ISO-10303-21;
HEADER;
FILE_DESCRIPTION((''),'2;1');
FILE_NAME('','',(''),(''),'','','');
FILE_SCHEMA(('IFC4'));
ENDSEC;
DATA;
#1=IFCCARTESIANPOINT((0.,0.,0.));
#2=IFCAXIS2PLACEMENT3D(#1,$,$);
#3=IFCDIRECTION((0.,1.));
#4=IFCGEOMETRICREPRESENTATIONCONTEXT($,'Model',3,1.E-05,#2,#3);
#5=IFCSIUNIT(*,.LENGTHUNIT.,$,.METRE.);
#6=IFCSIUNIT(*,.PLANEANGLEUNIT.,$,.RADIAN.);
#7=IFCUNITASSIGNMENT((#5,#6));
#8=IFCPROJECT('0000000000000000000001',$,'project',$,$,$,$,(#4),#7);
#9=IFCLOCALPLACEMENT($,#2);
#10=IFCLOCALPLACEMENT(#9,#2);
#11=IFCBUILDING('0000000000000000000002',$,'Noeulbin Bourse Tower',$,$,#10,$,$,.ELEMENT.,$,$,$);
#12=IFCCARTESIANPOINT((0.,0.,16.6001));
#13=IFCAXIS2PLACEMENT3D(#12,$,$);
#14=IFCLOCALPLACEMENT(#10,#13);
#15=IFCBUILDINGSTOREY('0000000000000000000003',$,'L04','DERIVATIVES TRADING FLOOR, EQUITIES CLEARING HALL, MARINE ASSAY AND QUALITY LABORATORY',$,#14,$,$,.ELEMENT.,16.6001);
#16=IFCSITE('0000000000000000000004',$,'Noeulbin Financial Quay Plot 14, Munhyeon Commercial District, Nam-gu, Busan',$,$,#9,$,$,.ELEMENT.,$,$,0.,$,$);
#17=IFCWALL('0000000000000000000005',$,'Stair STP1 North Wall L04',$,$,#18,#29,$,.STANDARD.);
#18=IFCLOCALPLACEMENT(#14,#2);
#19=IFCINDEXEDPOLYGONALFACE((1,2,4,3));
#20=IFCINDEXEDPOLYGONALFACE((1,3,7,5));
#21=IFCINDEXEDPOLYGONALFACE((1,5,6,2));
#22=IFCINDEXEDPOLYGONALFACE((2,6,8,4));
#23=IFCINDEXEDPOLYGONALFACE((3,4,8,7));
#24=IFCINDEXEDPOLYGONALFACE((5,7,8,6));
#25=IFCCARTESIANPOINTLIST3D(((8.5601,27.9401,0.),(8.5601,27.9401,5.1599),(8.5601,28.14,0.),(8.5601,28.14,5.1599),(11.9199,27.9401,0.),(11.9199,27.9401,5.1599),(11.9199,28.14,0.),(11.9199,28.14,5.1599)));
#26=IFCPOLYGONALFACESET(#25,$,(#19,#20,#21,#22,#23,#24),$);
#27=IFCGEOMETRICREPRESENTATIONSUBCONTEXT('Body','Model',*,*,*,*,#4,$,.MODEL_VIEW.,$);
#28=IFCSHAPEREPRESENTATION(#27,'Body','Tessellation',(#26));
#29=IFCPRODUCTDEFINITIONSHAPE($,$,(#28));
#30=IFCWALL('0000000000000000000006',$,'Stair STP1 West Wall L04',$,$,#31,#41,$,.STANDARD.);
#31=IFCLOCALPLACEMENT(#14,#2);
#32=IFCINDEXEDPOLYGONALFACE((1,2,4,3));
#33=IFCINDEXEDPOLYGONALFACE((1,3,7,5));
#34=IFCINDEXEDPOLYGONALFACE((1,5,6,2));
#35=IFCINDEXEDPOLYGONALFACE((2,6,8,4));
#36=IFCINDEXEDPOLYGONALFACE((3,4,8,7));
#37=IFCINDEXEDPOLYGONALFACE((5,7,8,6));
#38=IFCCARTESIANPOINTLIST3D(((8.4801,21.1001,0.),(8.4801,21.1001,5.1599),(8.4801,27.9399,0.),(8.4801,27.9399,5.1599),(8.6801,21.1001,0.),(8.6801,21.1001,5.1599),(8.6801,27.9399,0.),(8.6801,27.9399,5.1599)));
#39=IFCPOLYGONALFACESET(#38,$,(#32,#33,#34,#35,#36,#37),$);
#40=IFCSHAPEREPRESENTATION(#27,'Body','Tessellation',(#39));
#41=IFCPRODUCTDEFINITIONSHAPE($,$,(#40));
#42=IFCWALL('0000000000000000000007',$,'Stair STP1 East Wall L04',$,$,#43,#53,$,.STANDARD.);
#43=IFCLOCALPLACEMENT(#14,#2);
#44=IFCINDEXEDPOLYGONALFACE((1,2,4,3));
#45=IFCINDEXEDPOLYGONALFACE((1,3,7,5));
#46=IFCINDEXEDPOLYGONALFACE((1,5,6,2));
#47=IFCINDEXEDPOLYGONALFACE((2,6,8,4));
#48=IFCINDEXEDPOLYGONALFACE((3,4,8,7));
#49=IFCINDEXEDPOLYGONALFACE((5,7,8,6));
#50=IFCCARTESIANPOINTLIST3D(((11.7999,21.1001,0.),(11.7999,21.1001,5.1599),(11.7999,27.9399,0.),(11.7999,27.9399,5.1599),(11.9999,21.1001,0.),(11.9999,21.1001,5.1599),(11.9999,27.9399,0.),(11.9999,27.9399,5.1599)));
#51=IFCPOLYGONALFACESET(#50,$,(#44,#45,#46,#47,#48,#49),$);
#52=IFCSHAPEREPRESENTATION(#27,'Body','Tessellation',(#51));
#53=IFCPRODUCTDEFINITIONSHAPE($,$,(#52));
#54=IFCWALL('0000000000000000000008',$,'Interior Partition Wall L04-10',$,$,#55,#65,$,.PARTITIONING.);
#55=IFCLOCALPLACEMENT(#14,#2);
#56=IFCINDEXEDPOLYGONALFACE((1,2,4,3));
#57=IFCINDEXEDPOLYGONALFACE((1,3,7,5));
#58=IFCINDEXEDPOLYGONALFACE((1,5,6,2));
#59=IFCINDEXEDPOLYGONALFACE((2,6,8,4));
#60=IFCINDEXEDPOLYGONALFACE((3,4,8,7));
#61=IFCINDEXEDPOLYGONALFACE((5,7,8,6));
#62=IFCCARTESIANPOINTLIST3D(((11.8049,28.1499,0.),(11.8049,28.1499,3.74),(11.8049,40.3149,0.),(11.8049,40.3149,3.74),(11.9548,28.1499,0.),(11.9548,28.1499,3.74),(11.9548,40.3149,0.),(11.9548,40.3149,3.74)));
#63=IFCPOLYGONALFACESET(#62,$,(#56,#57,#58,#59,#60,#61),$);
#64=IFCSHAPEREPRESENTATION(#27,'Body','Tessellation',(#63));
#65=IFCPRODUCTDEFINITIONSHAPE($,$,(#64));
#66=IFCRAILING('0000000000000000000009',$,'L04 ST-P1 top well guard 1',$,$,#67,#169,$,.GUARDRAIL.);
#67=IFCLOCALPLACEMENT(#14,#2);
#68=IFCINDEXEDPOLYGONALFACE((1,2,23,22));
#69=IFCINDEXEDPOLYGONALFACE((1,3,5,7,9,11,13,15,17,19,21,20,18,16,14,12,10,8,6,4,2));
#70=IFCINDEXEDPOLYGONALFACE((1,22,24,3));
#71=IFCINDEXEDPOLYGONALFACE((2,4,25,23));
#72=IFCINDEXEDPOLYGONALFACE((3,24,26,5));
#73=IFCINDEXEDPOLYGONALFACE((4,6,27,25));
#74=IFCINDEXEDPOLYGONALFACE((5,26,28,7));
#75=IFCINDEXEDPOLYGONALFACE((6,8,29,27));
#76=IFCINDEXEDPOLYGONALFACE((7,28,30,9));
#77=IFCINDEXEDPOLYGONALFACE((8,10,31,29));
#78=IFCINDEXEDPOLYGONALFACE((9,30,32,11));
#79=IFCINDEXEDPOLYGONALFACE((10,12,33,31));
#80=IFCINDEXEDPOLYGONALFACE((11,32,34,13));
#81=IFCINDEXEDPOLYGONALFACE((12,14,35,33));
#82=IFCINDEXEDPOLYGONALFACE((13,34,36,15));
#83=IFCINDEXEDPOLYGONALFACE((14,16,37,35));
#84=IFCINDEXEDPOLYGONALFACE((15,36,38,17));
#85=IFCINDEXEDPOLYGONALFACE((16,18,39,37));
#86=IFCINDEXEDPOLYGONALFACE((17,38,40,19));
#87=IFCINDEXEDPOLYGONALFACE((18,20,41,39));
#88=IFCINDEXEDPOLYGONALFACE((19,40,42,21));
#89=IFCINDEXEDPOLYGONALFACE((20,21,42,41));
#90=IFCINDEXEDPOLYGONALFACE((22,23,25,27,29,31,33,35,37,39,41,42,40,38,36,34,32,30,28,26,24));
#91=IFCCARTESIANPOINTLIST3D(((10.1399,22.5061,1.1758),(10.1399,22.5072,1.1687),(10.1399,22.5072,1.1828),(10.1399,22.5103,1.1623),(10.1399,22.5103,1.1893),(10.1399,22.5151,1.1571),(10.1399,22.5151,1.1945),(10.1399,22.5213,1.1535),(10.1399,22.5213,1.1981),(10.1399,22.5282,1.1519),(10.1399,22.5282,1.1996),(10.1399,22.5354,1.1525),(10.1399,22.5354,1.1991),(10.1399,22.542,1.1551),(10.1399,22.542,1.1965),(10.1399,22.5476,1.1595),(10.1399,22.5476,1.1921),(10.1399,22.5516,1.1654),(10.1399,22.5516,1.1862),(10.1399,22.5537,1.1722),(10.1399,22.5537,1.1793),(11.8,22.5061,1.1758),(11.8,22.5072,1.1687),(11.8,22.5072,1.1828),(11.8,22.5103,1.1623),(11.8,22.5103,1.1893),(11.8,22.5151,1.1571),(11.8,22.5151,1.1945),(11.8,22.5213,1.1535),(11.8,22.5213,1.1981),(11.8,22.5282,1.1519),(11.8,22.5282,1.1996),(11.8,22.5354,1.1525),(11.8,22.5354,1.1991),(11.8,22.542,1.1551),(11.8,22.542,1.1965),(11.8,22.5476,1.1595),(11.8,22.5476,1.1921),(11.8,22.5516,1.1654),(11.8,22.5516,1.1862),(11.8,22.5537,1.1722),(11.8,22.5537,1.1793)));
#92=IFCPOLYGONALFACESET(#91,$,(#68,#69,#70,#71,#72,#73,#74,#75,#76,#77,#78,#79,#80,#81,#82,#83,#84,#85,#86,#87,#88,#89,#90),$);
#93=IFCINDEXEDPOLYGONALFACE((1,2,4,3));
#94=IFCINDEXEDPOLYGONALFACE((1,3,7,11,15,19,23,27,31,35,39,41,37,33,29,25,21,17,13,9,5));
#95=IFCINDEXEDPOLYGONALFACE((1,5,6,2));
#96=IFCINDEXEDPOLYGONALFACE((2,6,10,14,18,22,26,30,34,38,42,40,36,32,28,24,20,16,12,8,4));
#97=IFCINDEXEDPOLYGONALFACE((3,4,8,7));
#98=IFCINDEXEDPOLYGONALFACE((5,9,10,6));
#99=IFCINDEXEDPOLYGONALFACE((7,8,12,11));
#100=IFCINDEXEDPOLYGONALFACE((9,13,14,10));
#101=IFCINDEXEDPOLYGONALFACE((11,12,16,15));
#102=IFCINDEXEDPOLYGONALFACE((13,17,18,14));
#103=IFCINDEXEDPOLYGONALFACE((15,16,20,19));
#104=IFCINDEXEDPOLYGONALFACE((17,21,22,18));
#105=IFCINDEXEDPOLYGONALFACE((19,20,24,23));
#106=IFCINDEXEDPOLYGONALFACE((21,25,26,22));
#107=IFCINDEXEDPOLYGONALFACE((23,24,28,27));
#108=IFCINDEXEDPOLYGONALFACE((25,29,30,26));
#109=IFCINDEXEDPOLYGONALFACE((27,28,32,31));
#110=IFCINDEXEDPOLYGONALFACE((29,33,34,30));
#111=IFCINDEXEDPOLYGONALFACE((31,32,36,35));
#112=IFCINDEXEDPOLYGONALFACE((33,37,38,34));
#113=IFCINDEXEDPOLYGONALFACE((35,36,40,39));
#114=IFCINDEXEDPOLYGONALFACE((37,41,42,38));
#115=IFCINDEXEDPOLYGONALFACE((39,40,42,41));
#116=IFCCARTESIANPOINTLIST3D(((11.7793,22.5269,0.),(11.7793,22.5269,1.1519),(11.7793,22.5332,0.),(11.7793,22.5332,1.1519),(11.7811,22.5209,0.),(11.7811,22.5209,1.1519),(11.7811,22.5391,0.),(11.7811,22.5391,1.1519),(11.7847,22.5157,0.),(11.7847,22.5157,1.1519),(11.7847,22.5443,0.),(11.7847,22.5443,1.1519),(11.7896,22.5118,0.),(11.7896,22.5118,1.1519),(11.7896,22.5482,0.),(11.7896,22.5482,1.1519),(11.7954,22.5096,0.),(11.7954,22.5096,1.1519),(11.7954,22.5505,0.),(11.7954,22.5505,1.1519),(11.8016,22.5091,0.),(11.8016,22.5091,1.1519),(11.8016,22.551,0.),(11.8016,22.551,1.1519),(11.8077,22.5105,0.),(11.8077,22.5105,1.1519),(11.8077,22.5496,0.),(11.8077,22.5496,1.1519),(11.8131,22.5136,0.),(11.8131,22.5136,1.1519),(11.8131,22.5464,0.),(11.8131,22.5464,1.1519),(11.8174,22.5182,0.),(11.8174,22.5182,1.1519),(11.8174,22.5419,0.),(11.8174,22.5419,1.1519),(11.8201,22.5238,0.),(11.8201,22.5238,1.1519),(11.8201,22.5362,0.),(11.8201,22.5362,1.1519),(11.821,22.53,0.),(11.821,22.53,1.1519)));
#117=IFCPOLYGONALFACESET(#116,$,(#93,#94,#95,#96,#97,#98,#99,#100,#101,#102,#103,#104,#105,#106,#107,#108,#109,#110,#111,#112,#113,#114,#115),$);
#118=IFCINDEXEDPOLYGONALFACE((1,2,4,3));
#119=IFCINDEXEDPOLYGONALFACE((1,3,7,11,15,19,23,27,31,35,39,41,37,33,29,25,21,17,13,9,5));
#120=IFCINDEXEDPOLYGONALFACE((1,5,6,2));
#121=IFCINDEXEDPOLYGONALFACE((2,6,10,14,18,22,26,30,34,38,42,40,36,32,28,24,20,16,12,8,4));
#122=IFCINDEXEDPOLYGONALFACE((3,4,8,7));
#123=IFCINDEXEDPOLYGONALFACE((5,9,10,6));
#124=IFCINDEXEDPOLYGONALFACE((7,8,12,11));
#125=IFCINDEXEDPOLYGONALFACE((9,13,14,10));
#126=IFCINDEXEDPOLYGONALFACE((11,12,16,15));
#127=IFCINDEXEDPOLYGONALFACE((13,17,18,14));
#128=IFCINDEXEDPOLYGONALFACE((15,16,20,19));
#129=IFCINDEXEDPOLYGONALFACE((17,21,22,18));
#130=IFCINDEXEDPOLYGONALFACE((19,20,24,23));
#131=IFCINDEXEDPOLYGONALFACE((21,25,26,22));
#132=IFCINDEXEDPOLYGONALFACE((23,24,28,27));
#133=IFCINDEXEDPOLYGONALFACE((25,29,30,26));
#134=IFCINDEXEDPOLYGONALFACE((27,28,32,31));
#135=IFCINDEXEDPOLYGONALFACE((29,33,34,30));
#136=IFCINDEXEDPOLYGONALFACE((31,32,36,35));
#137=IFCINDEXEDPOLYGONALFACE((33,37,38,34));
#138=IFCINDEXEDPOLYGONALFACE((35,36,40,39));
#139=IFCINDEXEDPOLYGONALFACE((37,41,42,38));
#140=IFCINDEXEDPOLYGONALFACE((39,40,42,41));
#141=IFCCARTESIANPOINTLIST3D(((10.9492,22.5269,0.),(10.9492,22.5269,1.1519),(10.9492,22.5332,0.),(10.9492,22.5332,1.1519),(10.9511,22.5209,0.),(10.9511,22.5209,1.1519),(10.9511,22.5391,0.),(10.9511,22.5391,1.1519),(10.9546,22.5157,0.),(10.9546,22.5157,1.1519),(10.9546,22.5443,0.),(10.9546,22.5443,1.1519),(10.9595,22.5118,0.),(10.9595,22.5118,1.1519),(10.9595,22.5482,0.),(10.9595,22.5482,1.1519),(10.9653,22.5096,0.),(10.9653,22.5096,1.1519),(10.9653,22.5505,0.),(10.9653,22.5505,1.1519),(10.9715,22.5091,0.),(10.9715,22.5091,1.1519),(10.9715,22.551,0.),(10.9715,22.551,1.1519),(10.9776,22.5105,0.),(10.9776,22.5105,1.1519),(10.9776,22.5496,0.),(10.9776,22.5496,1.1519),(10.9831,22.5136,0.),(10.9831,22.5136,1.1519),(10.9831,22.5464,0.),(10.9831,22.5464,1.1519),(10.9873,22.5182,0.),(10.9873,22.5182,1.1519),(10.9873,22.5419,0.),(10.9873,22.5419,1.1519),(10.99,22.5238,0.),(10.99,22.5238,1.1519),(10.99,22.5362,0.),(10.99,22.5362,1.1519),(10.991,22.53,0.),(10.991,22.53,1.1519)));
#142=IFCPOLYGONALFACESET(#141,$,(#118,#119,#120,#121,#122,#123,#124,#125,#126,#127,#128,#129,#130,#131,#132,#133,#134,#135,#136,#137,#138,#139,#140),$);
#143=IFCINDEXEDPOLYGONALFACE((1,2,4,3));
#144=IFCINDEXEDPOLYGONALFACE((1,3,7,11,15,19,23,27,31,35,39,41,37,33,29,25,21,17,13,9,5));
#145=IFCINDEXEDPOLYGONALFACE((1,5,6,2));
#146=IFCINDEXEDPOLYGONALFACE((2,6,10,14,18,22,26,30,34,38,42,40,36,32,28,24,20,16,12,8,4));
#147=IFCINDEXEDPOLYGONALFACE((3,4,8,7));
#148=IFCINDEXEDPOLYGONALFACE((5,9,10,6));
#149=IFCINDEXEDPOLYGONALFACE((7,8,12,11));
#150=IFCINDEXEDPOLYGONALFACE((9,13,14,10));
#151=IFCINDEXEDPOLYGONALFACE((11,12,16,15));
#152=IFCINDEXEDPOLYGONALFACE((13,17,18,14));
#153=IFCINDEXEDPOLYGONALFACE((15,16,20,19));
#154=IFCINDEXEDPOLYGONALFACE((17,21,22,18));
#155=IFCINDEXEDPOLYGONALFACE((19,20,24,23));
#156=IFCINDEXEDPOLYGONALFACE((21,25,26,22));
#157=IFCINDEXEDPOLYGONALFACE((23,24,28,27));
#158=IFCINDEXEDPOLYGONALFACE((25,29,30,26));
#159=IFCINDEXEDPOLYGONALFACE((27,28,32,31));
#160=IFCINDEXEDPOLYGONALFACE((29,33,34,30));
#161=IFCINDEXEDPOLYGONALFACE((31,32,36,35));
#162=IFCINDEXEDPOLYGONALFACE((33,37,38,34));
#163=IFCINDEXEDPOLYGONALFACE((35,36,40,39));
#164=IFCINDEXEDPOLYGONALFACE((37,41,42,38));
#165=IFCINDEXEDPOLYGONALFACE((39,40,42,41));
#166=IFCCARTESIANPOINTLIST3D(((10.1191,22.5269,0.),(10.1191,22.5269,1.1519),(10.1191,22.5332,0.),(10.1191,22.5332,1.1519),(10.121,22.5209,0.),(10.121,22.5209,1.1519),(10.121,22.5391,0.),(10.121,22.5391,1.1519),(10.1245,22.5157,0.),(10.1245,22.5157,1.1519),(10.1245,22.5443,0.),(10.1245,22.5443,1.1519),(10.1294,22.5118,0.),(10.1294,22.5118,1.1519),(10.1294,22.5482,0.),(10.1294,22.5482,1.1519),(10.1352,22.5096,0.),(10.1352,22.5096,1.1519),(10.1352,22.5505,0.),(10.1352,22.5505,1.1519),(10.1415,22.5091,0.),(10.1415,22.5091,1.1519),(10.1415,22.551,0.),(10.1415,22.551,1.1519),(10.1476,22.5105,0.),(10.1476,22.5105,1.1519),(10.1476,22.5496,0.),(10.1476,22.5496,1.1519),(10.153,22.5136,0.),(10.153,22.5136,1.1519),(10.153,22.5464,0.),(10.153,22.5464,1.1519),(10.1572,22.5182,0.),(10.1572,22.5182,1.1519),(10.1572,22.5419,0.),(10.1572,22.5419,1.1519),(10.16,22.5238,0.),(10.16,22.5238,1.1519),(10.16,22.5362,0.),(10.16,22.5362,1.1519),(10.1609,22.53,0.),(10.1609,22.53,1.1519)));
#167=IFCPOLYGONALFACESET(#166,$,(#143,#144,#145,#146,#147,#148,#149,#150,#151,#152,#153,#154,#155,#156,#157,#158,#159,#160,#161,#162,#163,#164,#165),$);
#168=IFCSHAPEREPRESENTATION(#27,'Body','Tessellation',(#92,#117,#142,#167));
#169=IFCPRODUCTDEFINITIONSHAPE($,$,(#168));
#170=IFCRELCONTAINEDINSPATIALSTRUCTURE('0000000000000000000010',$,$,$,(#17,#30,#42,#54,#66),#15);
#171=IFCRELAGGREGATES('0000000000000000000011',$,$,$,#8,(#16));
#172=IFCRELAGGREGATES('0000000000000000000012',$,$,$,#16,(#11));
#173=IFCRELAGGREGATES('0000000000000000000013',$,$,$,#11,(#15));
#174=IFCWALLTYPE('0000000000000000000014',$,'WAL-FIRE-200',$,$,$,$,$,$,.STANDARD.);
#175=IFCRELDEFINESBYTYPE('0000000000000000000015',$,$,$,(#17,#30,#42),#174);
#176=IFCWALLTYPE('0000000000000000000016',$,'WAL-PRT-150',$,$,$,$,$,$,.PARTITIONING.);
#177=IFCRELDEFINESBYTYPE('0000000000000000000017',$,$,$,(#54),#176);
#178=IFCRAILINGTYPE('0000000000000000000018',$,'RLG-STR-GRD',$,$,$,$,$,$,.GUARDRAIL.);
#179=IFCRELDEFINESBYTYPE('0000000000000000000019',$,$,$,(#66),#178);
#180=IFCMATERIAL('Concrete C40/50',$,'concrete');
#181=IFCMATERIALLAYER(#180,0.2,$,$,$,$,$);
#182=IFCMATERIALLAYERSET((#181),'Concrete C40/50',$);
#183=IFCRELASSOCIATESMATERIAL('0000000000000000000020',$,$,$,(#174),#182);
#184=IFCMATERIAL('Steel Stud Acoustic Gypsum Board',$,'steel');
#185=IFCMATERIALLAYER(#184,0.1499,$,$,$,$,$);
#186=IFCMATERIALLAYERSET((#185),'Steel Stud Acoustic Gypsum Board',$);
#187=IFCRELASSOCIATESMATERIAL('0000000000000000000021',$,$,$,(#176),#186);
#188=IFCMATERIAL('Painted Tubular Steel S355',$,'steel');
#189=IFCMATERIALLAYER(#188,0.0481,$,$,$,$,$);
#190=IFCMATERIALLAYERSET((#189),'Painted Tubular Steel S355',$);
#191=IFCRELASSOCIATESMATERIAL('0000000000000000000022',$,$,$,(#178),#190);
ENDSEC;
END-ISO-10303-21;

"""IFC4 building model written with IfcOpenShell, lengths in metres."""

from ifc_helpers import new_model, si_unit, direction, frame, frame_2d, origin, origin_2d, place, context, subcontext, project, spatial, rectangle, circle, extrude, material, layer, layer_set, type_object, element, save


model = new_model("IFC4")

# Units and contexts
model_context = context("Model", 3, precision=1e-05, world=origin(), true_north=direction((0.0, 1.0)))
body_context = subcontext(model_context, "Body", "Model", "MODEL_VIEW")
ifc_project = project(units=[si_unit("LENGTHUNIT", "METRE"), si_unit("PLANEANGLEUNIT", "RADIAN")], contexts=[model_context])

# Site, building, storey
site_placement = place(None, origin())
site = spatial("IfcSite", under=ifc_project, at=site_placement, Name="Noeulbin Financial Quay Plot 14, Munhyeon Commercial District, Nam-gu, Busan", CompositionType="ELEMENT", RefElevation=0.0)
building_placement = place(site_placement, origin())
building = spatial("IfcBuilding", under=site, at=building_placement, Name="Noeulbin Bourse Tower", CompositionType="ELEMENT")
storey_placement = place(building_placement, frame((0.0, 0.0, 16.6001)))
storey = spatial("IfcBuildingStorey", under=building, at=storey_placement, Name="L04", Description="DERIVATIVES TRADING FLOOR, EQUITIES CLEARING HALL, MARINE ASSAY AND QUALITY LABORATORY", CompositionType="ELEMENT", Elevation=16.6001)

# Shared definitions
ifc_material_1 = material(Name="Concrete C40/50", Category="concrete")
ifc_layer_1 = layer(ifc_material_1, 0.2)
ifc_layer_set_1 = layer_set([ifc_layer_1], Name="Concrete C40/50")
wall_type_1 = type_object("IfcWallType", Name="WAL-FIRE-200", PredefinedType="STANDARD", material=ifc_layer_set_1)

# Walls
wall_1_placement = place(storey_placement, frame((8.5601, 28.04, 0.0), z_axis=(0.0, 0.0, 1.0), x_axis=(1.0, 0.0, 0.0)))
element("IfcWall", 1, at=wall_1_placement, inside=storey, type_object=wall_type_1, Name="Stair STP1 North Wall L04", PredefinedType="STANDARD", context=body_context, shape_type="SweptSolid", body=[
    extrude(rectangle(XDim=3.3599, YDim=0.2, at=frame_2d((1.6799, 0.0))), origin(), (0.0, 0.0, 1.0), 5.1599),
])
for number, where, z_axis, x_axis, name in (
    (2, (8.5801, 21.1001, 0.0), (0.0, 0.0, 1.0), (0.0, 1.0, 0.0), "Stair STP1 West Wall L04"),
    (3, (11.8999, 21.1001, 0.0), (0.0, 0.0, 1.0), (0.0, 1.0, 0.0), "Stair STP1 East Wall L04"),
):
    element("IfcWall", number, at=place(storey_placement, frame(where, z_axis=z_axis, x_axis=x_axis)), inside=storey, type_object=wall_type_1, Name=name, PredefinedType="STANDARD", context=body_context, shape_type="SweptSolid", body=[
        extrude(rectangle(XDim=6.8398, YDim=0.2, at=frame_2d((3.4199, 0.0))), origin(), (0.0, 0.0, 1.0), 5.1599),
    ])
ifc_material_2 = material(Name="Steel Stud Acoustic Gypsum Board", Category="steel")
ifc_layer_2 = layer(ifc_material_2, 0.1499)
ifc_layer_set_2 = layer_set([ifc_layer_2], Name="Steel Stud Acoustic Gypsum Board")
wall_type_2 = type_object("IfcWallType", Name="WAL-PRT-150", PredefinedType="PARTITIONING", material=ifc_layer_set_2)
wall_2_placement = place(storey_placement, frame((11.8799, 28.1499, 0.0), z_axis=(0.0, 0.0, 1.0), x_axis=(0.0, 1.0, 0.0)))
element("IfcWall", 4, at=wall_2_placement, inside=storey, type_object=wall_type_2, Name="Interior Partition Wall L04-10", PredefinedType="PARTITIONING", context=body_context, shape_type="SweptSolid", body=[
    extrude(rectangle(XDim=12.165, YDim=0.1499, at=frame_2d((6.0825, 0.0))), origin(), (0.0, 0.0, 1.0), 3.74),
])

# Railing
ifc_material_3 = material(Name="Painted Tubular Steel S355", Category="steel")
ifc_layer_3 = layer(ifc_material_3, 0.0481)
ifc_layer_set_3 = layer_set([ifc_layer_3], Name="Painted Tubular Steel S355")
railing_type = type_object("IfcRailingType", Name="RLG-STR-GRD", PredefinedType="GUARDRAIL", material=ifc_layer_set_3)
railing_placement = place(storey_placement, frame((11.8, 22.53, 0.0)))
element("IfcRailing", 5, at=railing_placement, inside=storey, type_object=railing_type, Name="L04 ST-P1 top well guard 1", PredefinedType="GUARDRAIL", context=body_context, shape_type="SweptSolid", body=[
    extrude(circle(Radius=0.0239, at=origin_2d()), frame((0.0, 0.0, 1.1758), z_axis=(-1.0, 0.0, 0.0), x_axis=(0.0, -1.0, 0.0)), (0.0, 0.0, 1.0), 1.6602),
    extrude(circle(Radius=0.021, at=origin_2d()), origin(), (0.0, 0.0, 1.0), 1.1519),
    extrude(circle(Radius=0.021, at=origin_2d()), frame((-0.8301, 0.0, 0.0)), (0.0, 0.0, 1.0), 1.1519),
    extrude(circle(Radius=0.021, at=origin_2d()), frame((-1.6602, 0.0, 0.0)), (0.0, 0.0, 1.0), 1.1519),
])

save(model, "model.ifc")
